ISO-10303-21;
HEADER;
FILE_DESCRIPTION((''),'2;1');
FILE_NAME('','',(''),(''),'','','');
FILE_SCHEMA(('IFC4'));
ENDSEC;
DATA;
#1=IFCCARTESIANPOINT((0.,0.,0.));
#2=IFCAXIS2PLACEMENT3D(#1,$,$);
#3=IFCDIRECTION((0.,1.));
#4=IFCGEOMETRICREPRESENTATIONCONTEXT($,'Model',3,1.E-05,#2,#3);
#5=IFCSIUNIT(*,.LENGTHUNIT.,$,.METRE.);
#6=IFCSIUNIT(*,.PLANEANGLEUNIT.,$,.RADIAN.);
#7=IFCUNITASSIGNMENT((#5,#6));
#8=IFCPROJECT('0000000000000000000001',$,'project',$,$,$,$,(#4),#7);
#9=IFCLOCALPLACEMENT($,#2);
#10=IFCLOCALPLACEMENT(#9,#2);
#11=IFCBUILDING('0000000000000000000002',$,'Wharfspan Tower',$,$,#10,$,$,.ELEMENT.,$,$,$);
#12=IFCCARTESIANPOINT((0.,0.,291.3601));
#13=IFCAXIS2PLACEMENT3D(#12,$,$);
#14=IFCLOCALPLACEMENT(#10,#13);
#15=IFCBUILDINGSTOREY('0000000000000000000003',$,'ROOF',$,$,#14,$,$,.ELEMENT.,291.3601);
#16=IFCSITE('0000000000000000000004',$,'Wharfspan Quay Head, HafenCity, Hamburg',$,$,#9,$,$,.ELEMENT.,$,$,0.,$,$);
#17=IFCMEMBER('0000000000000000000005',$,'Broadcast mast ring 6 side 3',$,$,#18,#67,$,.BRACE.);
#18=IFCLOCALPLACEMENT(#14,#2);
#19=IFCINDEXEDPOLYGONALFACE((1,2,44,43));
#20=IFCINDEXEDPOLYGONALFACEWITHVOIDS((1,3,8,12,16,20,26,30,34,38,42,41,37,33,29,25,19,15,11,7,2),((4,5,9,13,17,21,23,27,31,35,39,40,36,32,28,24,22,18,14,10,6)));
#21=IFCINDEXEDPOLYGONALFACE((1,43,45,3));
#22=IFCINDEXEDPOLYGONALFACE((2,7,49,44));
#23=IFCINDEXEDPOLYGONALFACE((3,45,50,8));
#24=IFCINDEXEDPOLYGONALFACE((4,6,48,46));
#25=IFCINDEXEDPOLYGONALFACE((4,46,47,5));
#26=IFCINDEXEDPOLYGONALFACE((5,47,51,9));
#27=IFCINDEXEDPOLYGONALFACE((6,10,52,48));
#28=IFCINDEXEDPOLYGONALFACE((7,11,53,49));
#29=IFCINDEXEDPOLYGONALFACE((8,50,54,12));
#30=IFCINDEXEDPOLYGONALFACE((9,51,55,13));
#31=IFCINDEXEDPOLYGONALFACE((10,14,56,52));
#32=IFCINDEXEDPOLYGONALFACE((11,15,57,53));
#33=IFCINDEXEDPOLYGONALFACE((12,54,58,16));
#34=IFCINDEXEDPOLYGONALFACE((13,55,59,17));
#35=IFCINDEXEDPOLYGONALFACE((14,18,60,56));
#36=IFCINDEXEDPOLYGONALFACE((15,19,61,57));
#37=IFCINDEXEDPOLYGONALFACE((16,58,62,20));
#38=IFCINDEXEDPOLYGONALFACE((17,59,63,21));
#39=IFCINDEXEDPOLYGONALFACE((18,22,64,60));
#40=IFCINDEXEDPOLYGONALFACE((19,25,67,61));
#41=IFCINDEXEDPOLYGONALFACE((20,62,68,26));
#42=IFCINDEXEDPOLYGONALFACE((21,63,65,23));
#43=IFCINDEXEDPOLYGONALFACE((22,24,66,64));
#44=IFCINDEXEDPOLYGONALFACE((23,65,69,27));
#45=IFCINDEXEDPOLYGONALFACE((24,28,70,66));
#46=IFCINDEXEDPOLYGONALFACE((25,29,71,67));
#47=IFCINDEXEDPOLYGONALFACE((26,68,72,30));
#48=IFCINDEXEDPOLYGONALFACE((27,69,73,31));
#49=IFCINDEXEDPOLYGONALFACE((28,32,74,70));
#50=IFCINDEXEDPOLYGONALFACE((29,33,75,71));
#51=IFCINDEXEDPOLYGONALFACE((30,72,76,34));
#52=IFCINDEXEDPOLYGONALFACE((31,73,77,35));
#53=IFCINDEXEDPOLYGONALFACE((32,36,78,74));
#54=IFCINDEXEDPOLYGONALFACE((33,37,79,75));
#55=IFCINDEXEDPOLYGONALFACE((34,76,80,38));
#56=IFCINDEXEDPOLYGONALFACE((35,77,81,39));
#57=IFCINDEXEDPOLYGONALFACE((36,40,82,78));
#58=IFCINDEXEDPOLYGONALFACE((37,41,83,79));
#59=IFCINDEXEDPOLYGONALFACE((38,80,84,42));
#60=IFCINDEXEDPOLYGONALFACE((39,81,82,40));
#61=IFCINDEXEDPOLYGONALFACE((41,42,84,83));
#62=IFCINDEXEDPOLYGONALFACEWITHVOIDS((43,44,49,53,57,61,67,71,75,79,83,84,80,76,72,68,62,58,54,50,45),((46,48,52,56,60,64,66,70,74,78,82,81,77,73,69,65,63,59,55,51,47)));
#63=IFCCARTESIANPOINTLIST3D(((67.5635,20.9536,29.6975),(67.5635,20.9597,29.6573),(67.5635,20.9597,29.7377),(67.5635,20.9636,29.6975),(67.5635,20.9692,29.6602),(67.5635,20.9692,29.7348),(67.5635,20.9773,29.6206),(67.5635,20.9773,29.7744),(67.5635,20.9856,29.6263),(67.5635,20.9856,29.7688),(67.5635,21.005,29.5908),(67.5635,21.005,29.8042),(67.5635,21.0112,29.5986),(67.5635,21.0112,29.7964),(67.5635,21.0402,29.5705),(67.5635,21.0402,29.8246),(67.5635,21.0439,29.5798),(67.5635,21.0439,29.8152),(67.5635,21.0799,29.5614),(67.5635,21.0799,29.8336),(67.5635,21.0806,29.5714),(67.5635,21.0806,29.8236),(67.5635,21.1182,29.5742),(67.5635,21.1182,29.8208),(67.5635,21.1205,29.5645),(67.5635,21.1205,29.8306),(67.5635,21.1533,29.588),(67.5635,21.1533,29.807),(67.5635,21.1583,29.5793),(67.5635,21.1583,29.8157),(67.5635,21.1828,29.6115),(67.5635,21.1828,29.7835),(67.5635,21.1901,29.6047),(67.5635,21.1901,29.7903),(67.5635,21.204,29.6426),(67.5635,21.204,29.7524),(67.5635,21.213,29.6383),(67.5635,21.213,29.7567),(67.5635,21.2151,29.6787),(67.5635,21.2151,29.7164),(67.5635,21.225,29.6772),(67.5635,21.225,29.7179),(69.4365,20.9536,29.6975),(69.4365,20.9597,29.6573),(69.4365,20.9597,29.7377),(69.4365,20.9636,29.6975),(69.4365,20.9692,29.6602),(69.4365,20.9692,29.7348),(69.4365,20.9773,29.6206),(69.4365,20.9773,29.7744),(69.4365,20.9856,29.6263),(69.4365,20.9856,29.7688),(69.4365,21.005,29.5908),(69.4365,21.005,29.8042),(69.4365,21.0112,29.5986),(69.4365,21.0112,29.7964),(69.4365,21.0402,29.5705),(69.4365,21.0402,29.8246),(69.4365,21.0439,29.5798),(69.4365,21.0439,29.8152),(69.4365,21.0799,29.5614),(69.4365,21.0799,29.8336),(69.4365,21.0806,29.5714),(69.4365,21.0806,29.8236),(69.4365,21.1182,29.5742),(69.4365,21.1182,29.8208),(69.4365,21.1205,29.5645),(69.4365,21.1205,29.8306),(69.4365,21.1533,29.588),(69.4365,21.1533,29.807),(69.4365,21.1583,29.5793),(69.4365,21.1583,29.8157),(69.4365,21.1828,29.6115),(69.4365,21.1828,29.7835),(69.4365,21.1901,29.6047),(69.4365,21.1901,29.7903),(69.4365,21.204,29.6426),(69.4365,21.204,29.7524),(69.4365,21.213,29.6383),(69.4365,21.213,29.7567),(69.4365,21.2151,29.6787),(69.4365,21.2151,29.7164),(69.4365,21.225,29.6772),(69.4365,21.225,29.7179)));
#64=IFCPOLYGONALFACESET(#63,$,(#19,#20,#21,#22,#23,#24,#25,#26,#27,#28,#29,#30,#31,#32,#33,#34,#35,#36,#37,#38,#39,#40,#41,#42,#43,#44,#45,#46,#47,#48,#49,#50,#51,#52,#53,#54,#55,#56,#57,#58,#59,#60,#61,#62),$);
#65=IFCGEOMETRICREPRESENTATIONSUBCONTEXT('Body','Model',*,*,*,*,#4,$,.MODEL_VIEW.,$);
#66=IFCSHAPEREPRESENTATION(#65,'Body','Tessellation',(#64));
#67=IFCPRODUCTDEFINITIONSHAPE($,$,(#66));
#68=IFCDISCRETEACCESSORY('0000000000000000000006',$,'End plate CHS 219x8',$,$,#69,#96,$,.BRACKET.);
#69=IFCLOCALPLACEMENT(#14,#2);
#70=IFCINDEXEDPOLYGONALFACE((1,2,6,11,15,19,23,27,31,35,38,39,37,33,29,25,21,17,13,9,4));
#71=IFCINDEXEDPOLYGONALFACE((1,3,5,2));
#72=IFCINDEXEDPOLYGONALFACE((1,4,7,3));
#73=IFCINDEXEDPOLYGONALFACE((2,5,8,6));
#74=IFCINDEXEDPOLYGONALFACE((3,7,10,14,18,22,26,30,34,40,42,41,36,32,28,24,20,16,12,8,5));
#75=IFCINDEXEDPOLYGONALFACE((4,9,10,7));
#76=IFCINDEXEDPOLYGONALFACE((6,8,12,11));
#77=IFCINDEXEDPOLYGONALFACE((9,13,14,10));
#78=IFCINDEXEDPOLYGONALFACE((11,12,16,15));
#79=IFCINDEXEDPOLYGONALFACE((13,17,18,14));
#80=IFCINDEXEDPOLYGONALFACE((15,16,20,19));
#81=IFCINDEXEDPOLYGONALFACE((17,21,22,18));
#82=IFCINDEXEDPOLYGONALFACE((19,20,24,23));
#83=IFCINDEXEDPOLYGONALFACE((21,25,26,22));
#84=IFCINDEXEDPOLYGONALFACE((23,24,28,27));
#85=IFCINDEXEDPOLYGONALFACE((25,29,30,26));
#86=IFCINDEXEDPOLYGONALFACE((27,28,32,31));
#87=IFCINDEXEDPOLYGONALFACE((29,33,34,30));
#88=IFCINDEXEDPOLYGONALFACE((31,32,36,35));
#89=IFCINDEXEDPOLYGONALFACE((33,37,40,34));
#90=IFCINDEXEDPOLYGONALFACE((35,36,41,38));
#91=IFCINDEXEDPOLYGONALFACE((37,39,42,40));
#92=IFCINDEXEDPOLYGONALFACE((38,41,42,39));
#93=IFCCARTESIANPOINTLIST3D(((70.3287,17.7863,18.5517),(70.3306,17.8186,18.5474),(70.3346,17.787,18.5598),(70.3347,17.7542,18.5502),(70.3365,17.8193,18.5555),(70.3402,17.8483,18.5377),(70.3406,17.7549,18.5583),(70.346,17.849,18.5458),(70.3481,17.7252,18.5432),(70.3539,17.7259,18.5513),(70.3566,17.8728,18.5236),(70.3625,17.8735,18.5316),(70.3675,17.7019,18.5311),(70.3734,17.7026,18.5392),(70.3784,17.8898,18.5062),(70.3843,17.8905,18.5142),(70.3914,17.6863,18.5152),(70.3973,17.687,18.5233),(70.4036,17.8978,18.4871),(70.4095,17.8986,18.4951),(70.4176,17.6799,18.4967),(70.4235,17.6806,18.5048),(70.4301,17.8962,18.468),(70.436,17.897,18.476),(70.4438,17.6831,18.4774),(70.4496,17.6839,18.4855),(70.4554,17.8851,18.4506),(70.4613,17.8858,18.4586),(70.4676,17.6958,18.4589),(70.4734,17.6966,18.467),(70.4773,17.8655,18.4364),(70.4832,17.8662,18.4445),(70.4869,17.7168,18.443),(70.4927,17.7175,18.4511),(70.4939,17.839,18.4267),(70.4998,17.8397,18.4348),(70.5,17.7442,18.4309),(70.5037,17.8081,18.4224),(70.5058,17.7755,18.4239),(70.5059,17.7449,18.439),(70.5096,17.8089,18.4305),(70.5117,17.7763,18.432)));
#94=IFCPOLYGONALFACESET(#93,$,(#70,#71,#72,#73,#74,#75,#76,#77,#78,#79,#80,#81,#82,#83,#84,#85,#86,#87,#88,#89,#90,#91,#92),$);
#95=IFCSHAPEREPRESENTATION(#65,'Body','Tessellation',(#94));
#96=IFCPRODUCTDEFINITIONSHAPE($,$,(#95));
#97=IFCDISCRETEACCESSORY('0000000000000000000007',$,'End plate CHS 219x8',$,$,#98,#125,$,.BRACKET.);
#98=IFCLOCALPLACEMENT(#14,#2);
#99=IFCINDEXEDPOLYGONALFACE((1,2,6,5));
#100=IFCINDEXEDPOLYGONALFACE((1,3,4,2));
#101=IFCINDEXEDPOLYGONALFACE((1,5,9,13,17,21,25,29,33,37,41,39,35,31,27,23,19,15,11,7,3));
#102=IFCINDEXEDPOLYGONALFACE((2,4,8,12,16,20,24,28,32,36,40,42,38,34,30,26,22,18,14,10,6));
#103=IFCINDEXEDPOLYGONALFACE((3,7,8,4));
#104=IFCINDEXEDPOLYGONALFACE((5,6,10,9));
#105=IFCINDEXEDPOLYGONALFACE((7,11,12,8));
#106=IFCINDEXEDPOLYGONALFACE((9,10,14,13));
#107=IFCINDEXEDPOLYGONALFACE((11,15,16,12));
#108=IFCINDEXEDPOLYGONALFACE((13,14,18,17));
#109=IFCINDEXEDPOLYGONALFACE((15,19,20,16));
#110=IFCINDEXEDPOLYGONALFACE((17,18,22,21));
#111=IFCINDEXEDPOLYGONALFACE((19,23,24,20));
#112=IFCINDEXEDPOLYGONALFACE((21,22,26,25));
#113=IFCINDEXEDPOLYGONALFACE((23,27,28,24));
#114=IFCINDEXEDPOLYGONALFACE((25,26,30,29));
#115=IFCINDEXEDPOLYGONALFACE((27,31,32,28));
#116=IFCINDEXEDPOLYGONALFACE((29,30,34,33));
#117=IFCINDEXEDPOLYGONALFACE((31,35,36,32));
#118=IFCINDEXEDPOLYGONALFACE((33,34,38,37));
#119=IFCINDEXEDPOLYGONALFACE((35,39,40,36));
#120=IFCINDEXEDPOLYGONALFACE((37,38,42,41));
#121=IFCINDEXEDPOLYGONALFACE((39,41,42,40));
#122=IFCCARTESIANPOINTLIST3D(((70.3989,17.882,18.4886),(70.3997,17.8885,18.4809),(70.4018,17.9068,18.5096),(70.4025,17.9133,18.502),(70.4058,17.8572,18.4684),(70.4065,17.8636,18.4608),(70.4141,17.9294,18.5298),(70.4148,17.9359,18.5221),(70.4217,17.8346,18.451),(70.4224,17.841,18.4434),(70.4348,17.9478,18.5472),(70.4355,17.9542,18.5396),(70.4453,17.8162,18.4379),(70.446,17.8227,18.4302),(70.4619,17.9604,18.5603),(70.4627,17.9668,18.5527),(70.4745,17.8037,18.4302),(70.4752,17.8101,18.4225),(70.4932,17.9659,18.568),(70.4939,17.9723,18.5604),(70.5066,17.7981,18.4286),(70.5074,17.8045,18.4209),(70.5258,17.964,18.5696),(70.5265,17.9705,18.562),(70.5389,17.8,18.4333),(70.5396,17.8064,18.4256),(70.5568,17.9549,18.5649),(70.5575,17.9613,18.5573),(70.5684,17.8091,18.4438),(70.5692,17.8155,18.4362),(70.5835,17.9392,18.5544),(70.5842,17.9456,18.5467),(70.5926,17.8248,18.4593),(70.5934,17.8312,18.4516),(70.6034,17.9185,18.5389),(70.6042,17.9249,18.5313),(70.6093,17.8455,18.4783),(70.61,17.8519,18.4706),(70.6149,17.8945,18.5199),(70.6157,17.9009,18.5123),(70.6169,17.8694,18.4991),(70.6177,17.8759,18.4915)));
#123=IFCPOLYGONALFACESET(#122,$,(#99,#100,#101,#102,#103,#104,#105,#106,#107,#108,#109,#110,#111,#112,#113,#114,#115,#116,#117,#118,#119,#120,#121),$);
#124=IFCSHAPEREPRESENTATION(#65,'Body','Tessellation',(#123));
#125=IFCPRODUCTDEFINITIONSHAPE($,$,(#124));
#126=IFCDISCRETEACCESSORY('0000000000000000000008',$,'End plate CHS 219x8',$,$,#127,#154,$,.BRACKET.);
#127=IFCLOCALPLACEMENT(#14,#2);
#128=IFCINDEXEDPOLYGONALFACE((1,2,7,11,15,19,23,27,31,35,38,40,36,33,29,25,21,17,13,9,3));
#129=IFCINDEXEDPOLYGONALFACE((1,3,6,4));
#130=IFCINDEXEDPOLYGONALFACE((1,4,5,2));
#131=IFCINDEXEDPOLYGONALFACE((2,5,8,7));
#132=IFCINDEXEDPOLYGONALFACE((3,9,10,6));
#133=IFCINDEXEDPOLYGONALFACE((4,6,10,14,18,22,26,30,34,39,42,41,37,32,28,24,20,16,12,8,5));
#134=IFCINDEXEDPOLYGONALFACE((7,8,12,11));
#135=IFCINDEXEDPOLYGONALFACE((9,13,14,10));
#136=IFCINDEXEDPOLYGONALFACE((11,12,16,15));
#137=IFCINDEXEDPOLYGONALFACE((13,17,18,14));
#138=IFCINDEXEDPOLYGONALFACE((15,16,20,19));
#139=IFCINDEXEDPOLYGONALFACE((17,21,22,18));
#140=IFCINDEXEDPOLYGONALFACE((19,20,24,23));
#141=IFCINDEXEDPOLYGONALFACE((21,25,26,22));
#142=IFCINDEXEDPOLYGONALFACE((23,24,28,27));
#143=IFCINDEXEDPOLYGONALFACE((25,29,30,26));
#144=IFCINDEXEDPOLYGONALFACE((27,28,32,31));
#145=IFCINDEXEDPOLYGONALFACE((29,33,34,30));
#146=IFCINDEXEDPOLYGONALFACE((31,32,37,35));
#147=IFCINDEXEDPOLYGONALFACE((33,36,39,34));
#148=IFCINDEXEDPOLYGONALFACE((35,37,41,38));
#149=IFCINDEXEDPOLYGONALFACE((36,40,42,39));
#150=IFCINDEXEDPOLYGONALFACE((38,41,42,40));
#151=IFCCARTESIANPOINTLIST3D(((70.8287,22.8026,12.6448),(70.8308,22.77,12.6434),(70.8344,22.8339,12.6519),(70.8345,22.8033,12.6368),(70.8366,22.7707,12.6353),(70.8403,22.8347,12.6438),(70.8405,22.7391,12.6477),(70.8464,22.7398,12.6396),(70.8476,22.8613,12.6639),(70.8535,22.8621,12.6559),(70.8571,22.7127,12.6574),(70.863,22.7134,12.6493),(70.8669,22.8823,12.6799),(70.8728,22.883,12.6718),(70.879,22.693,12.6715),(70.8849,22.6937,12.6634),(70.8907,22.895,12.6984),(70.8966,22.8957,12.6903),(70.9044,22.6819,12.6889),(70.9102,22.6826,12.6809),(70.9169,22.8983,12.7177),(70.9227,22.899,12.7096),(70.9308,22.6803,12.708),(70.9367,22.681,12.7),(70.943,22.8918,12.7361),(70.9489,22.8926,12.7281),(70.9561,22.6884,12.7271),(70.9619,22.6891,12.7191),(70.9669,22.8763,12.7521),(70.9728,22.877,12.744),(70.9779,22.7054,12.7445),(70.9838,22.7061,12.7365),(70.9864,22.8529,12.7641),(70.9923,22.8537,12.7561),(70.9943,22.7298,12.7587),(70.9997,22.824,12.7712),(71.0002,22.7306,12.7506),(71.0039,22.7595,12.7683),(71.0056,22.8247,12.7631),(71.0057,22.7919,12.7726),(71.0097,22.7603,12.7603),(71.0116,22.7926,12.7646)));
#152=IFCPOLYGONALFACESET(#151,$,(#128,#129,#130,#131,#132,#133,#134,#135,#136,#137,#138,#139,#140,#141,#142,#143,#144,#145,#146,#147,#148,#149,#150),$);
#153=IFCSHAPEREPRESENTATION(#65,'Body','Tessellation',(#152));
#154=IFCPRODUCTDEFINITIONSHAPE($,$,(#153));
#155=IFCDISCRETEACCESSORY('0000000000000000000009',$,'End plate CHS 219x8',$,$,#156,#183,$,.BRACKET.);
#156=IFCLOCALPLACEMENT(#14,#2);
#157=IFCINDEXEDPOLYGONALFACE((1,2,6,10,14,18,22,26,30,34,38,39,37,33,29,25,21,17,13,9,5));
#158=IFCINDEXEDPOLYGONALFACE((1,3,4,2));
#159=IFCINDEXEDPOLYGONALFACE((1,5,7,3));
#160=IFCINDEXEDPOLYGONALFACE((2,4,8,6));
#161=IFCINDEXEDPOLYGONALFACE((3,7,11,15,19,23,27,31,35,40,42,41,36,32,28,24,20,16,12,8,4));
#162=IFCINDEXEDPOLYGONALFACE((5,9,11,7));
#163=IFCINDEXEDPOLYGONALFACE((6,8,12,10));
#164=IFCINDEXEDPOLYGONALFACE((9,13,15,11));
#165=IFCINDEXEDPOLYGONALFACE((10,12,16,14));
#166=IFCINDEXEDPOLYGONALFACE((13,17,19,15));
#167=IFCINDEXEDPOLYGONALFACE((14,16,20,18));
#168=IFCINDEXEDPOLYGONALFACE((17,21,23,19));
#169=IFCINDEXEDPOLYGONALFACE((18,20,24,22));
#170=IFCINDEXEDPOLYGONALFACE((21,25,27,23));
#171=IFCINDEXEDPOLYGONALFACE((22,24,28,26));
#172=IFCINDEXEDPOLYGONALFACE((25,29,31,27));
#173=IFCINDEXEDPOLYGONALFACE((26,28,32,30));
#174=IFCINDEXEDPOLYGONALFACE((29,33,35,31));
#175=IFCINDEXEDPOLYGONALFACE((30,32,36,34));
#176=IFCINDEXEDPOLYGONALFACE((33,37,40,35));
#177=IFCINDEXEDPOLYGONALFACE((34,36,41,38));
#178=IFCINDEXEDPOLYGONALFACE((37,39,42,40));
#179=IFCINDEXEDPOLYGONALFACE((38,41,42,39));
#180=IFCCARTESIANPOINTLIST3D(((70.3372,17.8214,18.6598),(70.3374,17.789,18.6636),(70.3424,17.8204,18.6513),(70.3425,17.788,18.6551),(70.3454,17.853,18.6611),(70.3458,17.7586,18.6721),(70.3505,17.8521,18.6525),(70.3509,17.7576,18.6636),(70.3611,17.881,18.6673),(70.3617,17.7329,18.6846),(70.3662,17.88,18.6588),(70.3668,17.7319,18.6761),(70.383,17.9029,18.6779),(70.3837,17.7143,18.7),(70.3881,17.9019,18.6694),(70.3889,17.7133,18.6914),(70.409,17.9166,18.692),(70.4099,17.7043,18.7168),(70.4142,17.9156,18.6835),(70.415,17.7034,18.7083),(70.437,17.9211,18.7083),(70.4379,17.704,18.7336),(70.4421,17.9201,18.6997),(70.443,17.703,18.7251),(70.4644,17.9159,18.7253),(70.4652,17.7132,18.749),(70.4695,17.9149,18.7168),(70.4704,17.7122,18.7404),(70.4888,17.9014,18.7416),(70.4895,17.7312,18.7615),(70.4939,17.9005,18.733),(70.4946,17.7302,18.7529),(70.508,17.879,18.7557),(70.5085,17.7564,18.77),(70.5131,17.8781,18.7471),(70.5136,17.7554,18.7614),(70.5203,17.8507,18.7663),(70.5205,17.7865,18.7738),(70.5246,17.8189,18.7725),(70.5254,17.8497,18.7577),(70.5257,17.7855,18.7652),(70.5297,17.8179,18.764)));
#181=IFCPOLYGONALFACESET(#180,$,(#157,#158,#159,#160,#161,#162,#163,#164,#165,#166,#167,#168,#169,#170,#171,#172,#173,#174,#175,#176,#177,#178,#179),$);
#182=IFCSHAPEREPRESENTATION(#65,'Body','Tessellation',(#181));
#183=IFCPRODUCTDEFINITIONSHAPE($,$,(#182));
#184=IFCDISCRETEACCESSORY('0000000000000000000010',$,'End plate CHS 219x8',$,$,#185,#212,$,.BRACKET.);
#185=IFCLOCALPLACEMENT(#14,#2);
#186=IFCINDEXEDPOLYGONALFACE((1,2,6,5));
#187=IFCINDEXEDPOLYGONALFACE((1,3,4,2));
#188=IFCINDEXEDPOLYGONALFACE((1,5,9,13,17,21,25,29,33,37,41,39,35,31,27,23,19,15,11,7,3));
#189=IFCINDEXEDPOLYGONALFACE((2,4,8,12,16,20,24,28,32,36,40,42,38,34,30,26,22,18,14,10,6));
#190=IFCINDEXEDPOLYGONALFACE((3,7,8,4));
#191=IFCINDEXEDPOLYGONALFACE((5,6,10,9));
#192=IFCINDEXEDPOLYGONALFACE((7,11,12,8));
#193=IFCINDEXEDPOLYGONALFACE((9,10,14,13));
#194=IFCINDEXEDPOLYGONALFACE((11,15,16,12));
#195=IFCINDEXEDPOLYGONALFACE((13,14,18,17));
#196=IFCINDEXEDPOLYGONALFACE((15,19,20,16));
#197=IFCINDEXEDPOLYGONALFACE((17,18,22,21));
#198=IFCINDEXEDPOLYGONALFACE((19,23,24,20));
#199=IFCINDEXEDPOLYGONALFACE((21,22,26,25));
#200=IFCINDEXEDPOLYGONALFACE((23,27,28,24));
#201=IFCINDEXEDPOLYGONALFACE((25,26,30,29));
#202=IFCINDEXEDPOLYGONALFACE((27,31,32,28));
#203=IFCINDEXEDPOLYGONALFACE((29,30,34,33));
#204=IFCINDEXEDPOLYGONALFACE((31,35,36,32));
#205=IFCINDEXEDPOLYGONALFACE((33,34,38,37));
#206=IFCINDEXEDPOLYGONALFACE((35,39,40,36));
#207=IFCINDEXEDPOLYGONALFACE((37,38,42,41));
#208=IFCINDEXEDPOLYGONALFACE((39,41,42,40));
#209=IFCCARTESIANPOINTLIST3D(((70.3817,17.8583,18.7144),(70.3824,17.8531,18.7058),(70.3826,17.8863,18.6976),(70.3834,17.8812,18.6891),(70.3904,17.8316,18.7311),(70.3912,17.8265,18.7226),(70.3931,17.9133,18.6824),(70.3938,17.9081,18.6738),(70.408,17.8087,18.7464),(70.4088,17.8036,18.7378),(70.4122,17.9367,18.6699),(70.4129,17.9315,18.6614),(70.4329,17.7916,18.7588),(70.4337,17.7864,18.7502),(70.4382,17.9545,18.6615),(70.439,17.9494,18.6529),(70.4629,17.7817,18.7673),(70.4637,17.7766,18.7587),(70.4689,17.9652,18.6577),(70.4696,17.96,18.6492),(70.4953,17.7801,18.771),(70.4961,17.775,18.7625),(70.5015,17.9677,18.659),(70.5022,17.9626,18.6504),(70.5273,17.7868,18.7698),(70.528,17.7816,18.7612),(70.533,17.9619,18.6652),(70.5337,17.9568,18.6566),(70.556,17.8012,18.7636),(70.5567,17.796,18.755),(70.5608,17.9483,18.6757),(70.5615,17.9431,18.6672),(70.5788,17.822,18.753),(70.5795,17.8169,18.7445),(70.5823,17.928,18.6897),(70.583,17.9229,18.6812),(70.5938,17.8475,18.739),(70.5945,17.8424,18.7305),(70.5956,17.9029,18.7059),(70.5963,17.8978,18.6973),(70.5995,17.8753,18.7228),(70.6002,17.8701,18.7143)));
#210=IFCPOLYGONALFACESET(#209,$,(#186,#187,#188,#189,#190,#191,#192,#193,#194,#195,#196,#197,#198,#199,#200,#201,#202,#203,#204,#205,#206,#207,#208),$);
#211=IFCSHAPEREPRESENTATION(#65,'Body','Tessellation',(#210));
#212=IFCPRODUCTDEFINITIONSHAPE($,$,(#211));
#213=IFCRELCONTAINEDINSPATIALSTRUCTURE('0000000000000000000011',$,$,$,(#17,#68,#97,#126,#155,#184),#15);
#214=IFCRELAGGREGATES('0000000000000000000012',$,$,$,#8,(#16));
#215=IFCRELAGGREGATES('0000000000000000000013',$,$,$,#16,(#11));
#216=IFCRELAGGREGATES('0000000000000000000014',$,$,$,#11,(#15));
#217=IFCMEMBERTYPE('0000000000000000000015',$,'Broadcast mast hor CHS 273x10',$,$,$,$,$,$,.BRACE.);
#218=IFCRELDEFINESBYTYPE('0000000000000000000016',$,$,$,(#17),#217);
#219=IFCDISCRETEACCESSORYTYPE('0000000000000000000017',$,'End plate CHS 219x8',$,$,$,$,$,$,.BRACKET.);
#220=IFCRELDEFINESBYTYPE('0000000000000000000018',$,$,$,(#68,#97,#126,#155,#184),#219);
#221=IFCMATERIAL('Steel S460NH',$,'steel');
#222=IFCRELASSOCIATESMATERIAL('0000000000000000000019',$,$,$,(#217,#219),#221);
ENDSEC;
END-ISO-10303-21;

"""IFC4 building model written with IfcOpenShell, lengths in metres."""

from ifc_helpers import new_model, si_unit, direction, frame, origin, origin_2d, place, context, subcontext, project, spatial, circle, hollow_circle, extrude, material, material_profile, profile_set, type_object, element, save


model = new_model("IFC4")

# Units and contexts
model_context = context("Model", 3, precision=1e-05, world=origin(), true_north=direction((0.0, 1.0)))
body_context = subcontext(model_context, "Body", "Model", "MODEL_VIEW")
ifc_project = project(units=[si_unit("LENGTHUNIT", "METRE"), si_unit("PLANEANGLEUNIT", "RADIAN")], contexts=[model_context])

# Site, building, storey
site_placement = place(None, origin())
site = spatial("IfcSite", under=ifc_project, at=site_placement, Name="Wharfspan Quay Head, HafenCity, Hamburg", CompositionType="ELEMENT", RefElevation=0.0)
building_placement = place(site_placement, origin())
building = spatial("IfcBuilding", under=site, at=building_placement, Name="Wharfspan Tower", CompositionType="ELEMENT")
storey_placement = place(building_placement, frame((0.0, 0.0, 291.3601)))
storey = spatial("IfcBuildingStorey", under=building, at=storey_placement, Name="ROOF", CompositionType="ELEMENT", Elevation=291.3601)

# Member
ifc_material = material(Name="Steel S460NH", Category="steel")
ifc_material_profile_1 = material_profile(ifc_material, hollow_circle(Radius=0.1365, WallThickness=0.01, at=origin_2d()))
ifc_profile_set_1 = profile_set([ifc_material_profile_1], Name="Steel S460NH")
member_type_1 = type_object("IfcMemberType", Name="Broadcast mast hor CHS 273x10", PredefinedType="BRACE", material=ifc_profile_set_1)
member_1_placement = place(storey_placement, frame((69.4365, 21.0901, 29.6975), z_axis=(-1.0, 0.0, 0.0), x_axis=(0.0, -1.0, 0.0)))
element("IfcMember", 1, at=member_1_placement, inside=storey, type_object=member_type_1, Name="Broadcast mast ring 6 side 3", PredefinedType="BRACE", context=body_context, shape_type="SweptSolid", body=[
    extrude(hollow_circle(Radius=0.1365, WallThickness=0.01, at=origin_2d()), origin(), (0.0, 0.0, 1.0), 1.873),
])

# Discrete accessories
ifc_material_profile_2 = material_profile(ifc_material, circle(Radius=0.1096, at=origin_2d()))
ifc_profile_set_2 = profile_set([ifc_material_profile_2], Name="Steel S460NH")
discrete_accessory_type_1 = type_object("IfcDiscreteAccessoryType", Name="End plate CHS 219x8", PredefinedType="BRACKET", material=ifc_profile_set_2)
for number, where, z_axis, x_axis, name in (
    (2, (70.4172, 17.7891, 18.4871), (0.586588, 0.073324, 0.806559), (-0.124036, 0.992281, 0.0), "End plate CHS 219x8"),
    (3, (70.5088, 17.8884, 18.4915), (-0.073945, -0.640853, 0.764094), (0.993411, -0.114625, 0.0), "End plate CHS 219x8"),
    (4, (70.9231, 22.7898, 12.7), (-0.586588, -0.073324, 0.806559), (0.124036, -0.992281, 0.0), "End plate CHS 219x8"),
    (5, (70.4355, 17.811, 18.7083), (-0.512043, 0.097532, 0.853405), (-0.187112, -0.982338, 0.0), "End plate CHS 219x8"),
    (6, (70.491, 17.8687, 18.7058), (-0.073302, 0.513112, 0.855186), (-0.98995, -0.141422, 0.0), "End plate CHS 219x8"),
):
    element("IfcDiscreteAccessory", number, at=place(storey_placement, frame(where, z_axis=z_axis, x_axis=x_axis)), inside=storey, type_object=discrete_accessory_type_1, Name=name, PredefinedType="BRACKET", context=body_context, shape_type="SweptSolid", body=[
        extrude(circle(Radius=0.1096, at=origin_2d()), origin(), (0.0, 0.0, 1.0), 0.01),
    ])

save(model, "model.ifc")
